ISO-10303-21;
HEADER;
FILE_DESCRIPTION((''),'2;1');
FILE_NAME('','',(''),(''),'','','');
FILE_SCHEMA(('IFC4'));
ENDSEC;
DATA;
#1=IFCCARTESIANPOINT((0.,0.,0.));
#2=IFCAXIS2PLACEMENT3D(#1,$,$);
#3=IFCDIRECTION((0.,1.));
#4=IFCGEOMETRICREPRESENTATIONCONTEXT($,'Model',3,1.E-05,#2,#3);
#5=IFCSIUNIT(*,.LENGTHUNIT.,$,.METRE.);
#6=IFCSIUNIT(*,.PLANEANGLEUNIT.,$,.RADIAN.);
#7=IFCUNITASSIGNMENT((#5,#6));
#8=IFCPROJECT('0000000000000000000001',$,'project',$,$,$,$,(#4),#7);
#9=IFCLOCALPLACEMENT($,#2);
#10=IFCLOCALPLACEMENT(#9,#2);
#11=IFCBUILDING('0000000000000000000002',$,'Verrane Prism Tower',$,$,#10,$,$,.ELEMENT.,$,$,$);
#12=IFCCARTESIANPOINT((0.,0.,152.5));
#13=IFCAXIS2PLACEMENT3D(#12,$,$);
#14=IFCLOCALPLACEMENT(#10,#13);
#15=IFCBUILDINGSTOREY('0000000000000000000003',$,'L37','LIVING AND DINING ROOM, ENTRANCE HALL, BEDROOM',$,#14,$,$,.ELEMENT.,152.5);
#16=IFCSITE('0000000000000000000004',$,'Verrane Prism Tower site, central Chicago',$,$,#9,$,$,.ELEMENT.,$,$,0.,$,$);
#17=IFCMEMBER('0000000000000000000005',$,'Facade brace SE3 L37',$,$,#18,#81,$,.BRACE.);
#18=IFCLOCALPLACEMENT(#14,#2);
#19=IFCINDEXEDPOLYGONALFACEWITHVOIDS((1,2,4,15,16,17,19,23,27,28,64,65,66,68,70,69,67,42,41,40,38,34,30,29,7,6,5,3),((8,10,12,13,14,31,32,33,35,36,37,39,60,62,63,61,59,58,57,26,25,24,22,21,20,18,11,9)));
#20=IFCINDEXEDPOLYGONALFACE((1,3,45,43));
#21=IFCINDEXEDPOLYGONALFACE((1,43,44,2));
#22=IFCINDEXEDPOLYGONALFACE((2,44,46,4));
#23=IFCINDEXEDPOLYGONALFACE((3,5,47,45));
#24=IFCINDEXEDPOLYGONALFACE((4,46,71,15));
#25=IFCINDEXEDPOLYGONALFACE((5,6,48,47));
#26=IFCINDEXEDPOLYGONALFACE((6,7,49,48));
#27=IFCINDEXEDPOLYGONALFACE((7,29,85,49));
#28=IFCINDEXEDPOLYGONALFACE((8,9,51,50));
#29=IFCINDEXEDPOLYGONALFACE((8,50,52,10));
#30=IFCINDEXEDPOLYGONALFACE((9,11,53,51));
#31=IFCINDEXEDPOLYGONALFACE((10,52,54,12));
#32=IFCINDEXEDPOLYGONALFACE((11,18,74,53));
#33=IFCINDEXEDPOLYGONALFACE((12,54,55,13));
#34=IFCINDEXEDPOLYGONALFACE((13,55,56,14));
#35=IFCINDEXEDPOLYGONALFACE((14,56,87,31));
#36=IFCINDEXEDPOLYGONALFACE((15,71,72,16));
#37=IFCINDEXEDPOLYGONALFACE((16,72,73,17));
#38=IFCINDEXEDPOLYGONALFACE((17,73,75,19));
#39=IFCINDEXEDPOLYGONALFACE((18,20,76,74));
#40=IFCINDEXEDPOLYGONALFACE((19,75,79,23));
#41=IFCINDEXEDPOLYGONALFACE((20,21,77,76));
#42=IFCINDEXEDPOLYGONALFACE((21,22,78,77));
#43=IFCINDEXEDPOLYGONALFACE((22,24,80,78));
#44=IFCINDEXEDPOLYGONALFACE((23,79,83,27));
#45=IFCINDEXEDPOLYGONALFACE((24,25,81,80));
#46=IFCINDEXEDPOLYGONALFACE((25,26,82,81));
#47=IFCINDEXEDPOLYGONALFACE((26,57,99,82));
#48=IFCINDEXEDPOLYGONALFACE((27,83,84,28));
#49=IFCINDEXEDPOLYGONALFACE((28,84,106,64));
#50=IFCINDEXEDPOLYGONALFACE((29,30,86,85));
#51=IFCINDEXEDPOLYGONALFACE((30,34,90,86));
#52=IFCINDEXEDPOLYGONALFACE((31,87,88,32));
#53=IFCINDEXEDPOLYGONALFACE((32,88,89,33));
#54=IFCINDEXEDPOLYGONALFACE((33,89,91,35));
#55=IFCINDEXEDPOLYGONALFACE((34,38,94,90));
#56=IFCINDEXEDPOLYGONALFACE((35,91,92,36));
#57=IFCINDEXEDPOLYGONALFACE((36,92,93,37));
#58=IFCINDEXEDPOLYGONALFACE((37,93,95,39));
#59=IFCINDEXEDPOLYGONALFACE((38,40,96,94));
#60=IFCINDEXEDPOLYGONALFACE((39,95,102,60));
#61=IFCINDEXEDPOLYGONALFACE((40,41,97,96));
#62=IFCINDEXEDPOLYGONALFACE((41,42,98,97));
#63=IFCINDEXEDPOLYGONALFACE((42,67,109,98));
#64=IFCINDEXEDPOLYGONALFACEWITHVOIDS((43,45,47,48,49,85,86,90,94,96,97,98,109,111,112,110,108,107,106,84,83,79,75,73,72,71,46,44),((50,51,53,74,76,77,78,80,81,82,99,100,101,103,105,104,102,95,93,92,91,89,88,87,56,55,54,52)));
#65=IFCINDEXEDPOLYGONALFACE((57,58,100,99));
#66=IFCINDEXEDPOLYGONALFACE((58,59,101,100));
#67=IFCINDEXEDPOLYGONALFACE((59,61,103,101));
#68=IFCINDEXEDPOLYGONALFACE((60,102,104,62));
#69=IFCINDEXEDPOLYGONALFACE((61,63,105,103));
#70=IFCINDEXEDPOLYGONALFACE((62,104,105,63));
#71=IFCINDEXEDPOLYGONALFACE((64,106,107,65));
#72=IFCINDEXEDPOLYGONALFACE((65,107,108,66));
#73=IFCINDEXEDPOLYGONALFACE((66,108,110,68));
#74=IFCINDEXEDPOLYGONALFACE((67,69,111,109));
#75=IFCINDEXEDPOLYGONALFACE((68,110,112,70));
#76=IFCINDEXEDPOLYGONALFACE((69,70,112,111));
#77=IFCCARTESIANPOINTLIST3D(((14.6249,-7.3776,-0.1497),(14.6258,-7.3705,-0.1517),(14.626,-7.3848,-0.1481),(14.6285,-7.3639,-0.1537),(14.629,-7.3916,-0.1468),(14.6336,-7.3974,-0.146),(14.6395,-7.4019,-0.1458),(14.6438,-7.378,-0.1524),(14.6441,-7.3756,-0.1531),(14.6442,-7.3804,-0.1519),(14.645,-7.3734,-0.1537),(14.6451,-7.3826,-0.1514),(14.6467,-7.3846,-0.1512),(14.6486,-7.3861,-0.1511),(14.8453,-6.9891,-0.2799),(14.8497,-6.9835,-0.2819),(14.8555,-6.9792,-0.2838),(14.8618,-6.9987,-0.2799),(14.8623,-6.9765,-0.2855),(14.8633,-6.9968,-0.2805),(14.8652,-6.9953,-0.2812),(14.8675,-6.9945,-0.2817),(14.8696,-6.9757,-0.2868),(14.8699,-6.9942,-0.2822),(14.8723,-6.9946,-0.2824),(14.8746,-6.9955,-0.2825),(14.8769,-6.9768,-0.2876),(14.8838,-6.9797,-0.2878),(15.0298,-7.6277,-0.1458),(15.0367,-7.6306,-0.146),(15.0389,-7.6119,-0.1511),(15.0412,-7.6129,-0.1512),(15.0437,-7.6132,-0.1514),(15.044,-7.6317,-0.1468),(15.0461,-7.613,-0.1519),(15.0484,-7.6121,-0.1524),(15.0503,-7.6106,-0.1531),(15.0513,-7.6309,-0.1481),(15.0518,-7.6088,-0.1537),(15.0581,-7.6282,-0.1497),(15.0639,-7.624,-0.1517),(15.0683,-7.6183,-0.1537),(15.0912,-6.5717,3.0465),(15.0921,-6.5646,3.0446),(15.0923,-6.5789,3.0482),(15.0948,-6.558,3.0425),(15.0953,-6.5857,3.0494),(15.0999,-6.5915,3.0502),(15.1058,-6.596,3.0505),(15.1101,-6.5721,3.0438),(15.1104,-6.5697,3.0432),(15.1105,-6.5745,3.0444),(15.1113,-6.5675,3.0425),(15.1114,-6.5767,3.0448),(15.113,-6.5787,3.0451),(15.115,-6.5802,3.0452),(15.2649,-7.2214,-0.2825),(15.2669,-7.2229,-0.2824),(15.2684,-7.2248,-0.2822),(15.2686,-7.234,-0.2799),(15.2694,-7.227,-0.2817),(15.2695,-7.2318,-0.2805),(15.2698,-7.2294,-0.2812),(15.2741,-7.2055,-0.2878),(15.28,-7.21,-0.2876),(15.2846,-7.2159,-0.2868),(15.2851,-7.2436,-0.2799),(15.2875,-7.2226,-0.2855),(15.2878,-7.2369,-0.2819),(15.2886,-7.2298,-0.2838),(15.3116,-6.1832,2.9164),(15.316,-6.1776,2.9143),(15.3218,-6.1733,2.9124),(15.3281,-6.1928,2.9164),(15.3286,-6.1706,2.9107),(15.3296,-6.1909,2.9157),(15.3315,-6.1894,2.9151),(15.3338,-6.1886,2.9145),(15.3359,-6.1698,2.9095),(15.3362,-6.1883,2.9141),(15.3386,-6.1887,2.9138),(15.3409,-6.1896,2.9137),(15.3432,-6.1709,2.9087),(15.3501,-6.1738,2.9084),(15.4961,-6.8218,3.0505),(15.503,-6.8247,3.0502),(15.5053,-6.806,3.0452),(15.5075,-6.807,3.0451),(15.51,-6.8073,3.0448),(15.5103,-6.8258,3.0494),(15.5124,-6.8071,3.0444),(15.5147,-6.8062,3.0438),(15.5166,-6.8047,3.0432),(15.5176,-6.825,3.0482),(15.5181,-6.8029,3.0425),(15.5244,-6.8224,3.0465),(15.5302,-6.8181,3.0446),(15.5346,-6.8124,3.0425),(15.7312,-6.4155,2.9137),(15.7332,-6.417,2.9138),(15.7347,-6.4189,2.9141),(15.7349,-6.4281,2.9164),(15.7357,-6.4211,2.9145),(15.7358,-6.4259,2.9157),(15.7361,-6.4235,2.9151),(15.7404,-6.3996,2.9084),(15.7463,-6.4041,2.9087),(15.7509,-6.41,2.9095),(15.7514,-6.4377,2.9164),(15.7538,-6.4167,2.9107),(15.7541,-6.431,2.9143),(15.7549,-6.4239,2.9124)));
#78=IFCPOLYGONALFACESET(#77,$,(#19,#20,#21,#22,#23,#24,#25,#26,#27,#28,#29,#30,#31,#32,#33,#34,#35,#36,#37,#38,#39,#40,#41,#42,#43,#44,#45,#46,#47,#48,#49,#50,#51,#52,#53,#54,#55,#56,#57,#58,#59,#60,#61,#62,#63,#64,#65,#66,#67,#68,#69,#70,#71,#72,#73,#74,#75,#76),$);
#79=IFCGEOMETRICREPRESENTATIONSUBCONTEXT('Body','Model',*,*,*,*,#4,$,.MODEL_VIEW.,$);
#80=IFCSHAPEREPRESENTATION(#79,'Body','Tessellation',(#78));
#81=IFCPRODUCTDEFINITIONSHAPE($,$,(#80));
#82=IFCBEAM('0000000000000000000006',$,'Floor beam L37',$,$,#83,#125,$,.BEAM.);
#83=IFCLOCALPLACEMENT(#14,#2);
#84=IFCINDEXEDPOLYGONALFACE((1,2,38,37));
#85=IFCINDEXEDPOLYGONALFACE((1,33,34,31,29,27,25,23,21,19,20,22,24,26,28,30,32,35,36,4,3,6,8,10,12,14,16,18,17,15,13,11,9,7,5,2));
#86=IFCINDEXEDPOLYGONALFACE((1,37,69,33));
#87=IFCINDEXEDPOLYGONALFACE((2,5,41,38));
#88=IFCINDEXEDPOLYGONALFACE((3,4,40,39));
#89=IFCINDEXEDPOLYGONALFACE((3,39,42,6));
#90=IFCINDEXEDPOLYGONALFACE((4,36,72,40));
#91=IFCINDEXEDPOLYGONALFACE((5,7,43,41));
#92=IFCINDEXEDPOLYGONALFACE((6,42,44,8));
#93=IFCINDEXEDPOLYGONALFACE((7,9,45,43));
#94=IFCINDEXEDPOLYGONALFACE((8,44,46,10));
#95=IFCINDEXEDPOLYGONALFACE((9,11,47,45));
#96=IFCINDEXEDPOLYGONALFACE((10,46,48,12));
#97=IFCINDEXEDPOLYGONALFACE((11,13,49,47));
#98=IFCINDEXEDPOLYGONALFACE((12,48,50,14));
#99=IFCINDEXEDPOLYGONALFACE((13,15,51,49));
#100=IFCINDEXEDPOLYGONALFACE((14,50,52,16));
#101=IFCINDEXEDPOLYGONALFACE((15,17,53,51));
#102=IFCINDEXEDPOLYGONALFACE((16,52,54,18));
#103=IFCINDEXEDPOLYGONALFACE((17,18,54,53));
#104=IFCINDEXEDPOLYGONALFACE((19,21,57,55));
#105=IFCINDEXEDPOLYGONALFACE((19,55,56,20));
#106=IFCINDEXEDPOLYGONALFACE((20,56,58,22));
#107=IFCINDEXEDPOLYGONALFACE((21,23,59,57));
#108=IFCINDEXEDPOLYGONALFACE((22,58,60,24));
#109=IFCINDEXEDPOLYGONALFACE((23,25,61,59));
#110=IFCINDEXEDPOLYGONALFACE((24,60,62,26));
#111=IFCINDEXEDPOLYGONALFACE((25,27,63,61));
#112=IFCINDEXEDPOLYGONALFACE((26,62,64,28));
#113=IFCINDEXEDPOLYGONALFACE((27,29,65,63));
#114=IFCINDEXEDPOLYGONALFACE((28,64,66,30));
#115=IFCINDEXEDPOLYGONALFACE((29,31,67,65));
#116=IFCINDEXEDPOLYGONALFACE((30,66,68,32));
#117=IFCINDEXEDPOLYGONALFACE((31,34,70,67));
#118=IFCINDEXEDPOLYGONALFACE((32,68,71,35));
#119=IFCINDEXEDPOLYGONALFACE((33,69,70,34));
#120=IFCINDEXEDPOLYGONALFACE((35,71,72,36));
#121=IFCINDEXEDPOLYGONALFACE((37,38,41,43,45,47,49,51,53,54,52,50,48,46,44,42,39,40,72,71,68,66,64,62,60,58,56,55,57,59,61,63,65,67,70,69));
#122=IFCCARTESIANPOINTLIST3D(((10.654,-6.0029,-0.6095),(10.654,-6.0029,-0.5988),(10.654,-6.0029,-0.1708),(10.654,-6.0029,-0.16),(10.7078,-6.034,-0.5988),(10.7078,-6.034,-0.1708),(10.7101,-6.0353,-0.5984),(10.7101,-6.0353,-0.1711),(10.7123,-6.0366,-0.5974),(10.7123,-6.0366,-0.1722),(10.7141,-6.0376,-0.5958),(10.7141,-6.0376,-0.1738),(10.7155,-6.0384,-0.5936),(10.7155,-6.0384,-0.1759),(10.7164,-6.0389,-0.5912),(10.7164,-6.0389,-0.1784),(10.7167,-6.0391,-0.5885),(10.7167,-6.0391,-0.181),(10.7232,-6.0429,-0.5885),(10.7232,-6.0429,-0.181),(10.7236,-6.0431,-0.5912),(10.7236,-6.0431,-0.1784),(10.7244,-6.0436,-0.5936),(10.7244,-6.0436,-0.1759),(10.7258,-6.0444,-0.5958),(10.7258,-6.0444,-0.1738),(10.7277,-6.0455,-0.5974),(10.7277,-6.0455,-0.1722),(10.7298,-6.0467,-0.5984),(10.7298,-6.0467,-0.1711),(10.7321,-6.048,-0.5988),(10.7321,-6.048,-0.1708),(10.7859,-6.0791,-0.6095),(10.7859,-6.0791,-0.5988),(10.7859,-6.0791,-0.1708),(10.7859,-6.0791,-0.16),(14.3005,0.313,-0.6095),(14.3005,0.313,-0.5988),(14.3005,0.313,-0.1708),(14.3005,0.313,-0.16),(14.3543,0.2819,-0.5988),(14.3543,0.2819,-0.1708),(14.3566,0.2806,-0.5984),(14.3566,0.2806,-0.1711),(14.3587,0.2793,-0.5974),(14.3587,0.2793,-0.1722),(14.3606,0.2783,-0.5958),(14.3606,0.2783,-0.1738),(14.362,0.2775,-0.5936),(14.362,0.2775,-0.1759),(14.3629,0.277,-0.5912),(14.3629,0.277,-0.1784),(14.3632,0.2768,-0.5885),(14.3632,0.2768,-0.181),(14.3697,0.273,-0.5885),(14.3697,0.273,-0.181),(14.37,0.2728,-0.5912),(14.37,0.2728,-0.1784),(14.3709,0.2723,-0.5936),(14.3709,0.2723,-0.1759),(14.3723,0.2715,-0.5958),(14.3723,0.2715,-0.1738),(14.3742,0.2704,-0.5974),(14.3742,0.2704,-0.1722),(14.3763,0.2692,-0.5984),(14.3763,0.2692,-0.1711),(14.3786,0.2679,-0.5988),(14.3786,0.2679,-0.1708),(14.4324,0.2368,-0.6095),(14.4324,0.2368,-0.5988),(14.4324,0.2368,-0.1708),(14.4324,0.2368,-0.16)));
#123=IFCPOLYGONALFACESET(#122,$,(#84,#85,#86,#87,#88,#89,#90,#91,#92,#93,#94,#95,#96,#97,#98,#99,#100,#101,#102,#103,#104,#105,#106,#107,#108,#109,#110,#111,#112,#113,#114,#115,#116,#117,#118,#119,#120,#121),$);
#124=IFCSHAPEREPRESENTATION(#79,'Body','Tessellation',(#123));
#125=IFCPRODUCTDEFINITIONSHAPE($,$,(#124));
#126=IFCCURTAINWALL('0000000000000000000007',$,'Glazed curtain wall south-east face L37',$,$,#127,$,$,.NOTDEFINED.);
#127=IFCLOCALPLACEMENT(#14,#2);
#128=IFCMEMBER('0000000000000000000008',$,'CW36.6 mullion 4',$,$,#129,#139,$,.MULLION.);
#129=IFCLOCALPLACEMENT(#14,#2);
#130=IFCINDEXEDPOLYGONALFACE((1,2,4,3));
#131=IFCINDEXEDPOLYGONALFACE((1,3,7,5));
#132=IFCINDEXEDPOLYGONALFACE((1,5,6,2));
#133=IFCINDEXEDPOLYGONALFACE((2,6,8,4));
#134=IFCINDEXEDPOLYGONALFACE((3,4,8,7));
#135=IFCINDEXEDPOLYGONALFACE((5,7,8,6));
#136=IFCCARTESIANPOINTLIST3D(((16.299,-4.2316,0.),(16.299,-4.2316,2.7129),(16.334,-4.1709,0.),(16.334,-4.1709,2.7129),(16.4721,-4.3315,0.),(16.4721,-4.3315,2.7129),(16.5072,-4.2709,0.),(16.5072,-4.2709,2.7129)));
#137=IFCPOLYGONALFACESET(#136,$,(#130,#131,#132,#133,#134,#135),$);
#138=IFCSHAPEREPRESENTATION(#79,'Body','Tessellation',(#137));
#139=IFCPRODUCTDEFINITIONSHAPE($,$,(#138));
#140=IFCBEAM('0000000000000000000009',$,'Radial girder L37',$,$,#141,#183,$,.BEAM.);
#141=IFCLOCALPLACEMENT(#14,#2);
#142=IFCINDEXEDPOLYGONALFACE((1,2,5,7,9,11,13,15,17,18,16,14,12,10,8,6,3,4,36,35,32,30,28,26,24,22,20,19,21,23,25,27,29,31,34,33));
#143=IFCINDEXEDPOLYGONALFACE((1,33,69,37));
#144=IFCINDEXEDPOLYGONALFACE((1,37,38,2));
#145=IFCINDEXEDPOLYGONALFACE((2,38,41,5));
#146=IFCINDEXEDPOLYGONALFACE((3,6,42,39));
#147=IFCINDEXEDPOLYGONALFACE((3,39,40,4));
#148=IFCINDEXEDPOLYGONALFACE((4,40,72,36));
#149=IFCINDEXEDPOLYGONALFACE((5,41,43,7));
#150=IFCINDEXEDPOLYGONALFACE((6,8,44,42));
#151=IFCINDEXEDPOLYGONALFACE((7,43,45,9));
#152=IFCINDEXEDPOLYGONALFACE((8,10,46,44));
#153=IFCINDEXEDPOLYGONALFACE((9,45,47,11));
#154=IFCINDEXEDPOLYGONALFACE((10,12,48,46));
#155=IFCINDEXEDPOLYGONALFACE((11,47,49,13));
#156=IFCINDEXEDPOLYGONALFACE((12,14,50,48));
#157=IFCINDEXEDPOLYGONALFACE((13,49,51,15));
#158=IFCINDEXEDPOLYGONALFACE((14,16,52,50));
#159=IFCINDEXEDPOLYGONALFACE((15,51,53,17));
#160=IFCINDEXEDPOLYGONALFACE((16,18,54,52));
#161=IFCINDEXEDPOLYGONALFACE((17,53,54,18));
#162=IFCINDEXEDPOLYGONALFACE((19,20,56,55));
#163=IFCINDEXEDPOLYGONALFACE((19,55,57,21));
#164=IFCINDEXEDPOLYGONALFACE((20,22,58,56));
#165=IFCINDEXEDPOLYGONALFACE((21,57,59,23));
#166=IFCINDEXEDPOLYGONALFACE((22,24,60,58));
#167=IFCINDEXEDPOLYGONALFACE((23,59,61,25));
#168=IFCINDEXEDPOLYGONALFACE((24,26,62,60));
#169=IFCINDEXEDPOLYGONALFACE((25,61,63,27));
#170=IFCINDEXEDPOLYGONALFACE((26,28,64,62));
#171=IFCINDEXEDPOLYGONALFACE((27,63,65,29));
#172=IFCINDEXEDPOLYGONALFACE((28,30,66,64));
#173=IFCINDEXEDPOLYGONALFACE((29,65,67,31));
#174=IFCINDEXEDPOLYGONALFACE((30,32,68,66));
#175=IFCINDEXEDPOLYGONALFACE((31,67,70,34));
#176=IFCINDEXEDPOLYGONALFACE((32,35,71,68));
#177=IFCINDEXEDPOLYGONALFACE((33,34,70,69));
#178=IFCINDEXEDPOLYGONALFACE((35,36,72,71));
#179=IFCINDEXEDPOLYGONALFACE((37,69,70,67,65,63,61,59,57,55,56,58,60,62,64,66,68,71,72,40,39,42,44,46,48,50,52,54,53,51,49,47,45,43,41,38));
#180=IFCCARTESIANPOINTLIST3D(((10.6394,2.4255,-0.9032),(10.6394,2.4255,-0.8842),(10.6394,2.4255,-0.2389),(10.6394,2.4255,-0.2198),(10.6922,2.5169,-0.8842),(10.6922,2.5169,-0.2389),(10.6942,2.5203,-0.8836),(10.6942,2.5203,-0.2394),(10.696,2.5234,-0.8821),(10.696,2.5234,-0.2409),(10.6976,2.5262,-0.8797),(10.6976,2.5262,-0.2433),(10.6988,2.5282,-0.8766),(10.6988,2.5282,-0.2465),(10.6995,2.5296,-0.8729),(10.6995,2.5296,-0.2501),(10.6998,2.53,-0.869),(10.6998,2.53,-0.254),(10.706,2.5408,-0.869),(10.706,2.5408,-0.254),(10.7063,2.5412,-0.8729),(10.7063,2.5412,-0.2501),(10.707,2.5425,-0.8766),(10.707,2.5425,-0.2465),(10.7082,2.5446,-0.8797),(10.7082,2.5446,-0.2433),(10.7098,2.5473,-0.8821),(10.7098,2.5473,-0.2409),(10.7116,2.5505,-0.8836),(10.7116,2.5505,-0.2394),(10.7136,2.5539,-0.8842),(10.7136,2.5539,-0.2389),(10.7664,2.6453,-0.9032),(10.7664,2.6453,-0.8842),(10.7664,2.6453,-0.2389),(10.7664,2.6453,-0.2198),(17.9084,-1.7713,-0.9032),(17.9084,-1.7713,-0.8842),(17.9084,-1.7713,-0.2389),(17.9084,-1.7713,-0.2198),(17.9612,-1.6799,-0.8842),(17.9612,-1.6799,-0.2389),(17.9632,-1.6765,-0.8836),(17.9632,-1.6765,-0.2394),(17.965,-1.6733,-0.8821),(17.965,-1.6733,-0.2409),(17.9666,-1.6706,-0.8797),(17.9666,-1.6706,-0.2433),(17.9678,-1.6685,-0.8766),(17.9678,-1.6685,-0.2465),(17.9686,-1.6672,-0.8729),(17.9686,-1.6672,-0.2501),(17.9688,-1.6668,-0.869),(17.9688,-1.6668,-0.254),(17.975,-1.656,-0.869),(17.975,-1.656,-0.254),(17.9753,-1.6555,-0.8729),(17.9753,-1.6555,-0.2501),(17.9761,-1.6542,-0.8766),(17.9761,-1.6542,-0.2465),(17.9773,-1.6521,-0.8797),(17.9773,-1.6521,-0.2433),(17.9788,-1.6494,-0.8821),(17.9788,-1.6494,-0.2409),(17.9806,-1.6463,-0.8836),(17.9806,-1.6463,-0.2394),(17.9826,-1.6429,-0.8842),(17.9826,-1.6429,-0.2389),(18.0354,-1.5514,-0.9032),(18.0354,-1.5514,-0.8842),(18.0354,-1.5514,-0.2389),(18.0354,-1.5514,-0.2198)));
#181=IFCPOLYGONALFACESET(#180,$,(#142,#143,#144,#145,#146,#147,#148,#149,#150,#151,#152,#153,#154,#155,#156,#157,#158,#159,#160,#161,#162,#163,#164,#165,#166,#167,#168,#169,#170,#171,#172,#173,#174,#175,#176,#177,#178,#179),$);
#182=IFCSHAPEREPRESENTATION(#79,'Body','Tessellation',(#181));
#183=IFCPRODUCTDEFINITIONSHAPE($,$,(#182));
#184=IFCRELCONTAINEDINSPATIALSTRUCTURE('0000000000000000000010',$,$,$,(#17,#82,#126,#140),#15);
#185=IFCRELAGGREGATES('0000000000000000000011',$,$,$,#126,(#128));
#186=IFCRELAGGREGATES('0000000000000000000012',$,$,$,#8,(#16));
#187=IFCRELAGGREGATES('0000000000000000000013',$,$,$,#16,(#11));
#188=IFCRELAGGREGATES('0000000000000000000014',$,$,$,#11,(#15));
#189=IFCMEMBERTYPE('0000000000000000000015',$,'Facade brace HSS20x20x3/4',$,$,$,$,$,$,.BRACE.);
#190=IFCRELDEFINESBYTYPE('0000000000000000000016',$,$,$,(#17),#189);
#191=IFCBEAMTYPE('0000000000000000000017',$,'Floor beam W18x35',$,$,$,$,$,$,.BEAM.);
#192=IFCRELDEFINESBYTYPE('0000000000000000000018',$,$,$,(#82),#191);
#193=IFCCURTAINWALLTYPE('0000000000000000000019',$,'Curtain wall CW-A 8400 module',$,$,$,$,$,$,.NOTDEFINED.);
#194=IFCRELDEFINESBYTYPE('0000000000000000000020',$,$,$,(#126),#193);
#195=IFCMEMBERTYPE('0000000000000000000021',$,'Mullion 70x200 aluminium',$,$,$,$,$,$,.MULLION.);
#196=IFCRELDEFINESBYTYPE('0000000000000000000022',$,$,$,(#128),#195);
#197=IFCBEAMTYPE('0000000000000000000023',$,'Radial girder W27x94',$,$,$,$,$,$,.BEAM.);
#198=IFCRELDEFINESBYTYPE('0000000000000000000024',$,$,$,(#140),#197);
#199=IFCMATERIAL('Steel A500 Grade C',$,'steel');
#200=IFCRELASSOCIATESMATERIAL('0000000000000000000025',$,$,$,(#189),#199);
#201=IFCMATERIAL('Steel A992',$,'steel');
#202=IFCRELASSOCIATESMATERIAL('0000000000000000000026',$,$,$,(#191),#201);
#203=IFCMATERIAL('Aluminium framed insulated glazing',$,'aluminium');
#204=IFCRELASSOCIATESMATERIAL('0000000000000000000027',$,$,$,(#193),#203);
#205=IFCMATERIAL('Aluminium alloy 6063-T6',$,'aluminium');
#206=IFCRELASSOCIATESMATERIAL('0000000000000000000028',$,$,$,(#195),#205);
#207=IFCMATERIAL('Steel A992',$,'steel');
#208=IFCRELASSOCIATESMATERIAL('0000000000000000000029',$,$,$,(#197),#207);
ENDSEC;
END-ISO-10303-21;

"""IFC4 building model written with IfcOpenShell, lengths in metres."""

from ifc_helpers import new_model, si_unit, direction, frame, origin, origin_2d, place, context, subcontext, project, spatial, rectangle, hollow_rectangle, i_section, extrude, material, material_profile, profile_set, type_object, element, aggregate, save


model = new_model("IFC4")

# Units and contexts
model_context = context("Model", 3, precision=1e-05, world=origin(), true_north=direction((0.0, 1.0)))
body_context = subcontext(model_context, "Body", "Model", "MODEL_VIEW")
ifc_project = project(units=[si_unit("LENGTHUNIT", "METRE"), si_unit("PLANEANGLEUNIT", "RADIAN")], contexts=[model_context])

# Site, building, storey
site_placement = place(None, origin())
site = spatial("IfcSite", under=ifc_project, at=site_placement, Name="Verrane Prism Tower site, central Chicago", CompositionType="ELEMENT", RefElevation=0.0)
building_placement = place(site_placement, origin())
building = spatial("IfcBuilding", under=site, at=building_placement, Name="Verrane Prism Tower", CompositionType="ELEMENT")
storey_placement = place(building_placement, frame((0.0, 0.0, 152.5)))
storey = spatial("IfcBuildingStorey", under=building, at=storey_placement, Name="L37", Description="LIVING AND DINING ROOM, ENTRANCE HALL, BEDROOM", CompositionType="ELEMENT", Elevation=152.5)

# Member
ifc_material_1 = material(Name="Steel A500 Grade C", Category="steel")
ifc_material_profile_1 = material_profile(ifc_material_1, hollow_rectangle(XDim=0.5081, YDim=0.5081, WallThickness=0.019, InnerFilletRadius=0.0095, OuterFilletRadius=0.0286, at=origin_2d()), Name="HSS20x20x3/4")
ifc_profile_set_1 = profile_set([ifc_material_profile_1], Name="Steel A500 Grade C")
member_type_1 = type_object("IfcMemberType", Name="Facade brace HSS20x20x3/4", PredefinedType="BRACE", material=ifc_profile_set_1)
member_1_placement = place(storey_placement, frame((14.9568, -7.3037, -0.2168), z_axis=(0.140069, 0.242077, 0.960094), x_axis=(-0.865552, 0.500819, 0.0)))
element("IfcMember", 1, at=member_1_placement, inside=storey, type_object=member_type_1, Name="Facade brace SE3 L37", PredefinedType="BRACE", context=body_context, shape_type="SweptSolid", body=[
    extrude(hollow_rectangle(XDim=0.5081, YDim=0.5081, WallThickness=0.019, InnerFilletRadius=0.0095, OuterFilletRadius=0.0286, at=origin_2d()), origin(), (0.0, 0.0, 1.0), 3.3291),
])

# Beam
ifc_material_2 = material(Name="Steel A992", Category="steel")
ifc_material_profile_2 = material_profile(ifc_material_2, i_section(OverallWidth=0.1523, OverallDepth=0.4495, WebThickness=0.0076, FlangeThickness=0.0107, FilletRadius=0.0103, at=origin_2d()), Name="W18x35")
ifc_profile_set_2 = profile_set([ifc_material_profile_2], Name="Steel A992")
beam_type_1 = type_object("IfcBeamType", Name="Floor beam W18x35", PredefinedType="BEAM", material=ifc_profile_set_2)
beam_1_placement = place(storey_placement, frame((10.72, -6.041, -0.3848), z_axis=(0.499999, 0.866026, 0.0), x_axis=(-0.866026, 0.499999, 0.0)))
element("IfcBeam", 2, at=beam_1_placement, inside=storey, type_object=beam_type_1, Name="Floor beam L37", PredefinedType="BEAM", context=body_context, shape_type="SweptSolid", body=[
    extrude(i_section(OverallWidth=0.1523, OverallDepth=0.4495, WebThickness=0.0076, FlangeThickness=0.0107, FilletRadius=0.0103, at=origin_2d()), origin(), (0.0, 0.0, 1.0), 7.293),
])

# Curtain wall, member
ifc_material_3 = material(Name="Aluminium framed insulated glazing", Category="aluminium")
curtain_wall_type = type_object("IfcCurtainWallType", Name="Curtain wall CW-A 8400 module", PredefinedType="NOTDEFINED", material=ifc_material_3)
curtain_wall_placement = place(storey_placement, origin())
curtain_wall = element("IfcCurtainWall", 3, at=curtain_wall_placement, inside=storey, type_object=curtain_wall_type, Name="Glazed curtain wall south-east face L37", PredefinedType="NOTDEFINED")
ifc_material_4 = material(Name="Aluminium alloy 6063-T6", Category="aluminium")
ifc_material_profile_3 = material_profile(ifc_material_4, rectangle(XDim=0.2, YDim=0.0701, at=origin_2d()), Name="Mullion 70x200 aluminium")
ifc_profile_set_3 = profile_set([ifc_material_profile_3], Name="Aluminium alloy 6063-T6")
member_type_2 = type_object("IfcMemberType", Name="Mullion 70x200 aluminium", PredefinedType="MULLION", material=ifc_profile_set_3)
member_2_placement = place(storey_placement, frame((16.4031, -4.2512, 0.0), z_axis=(0.0, 0.0, 1.0), x_axis=(-0.866025, 0.500001, 0.0)))
member_2 = element("IfcMember", 4, at=member_2_placement, type_object=member_type_2, Name="CW36.6 mullion 4", PredefinedType="MULLION", context=body_context, shape_type="SweptSolid", body=[
    extrude(rectangle(XDim=0.2, YDim=0.0701, at=origin_2d()), origin(), (0.0, 0.0, 1.0), 2.7129),
])

# Beam
ifc_material_5 = material(Name="Steel A992", Category="steel")
ifc_material_profile_4 = material_profile(ifc_material_5, i_section(OverallWidth=0.2539, OverallDepth=0.6833, WebThickness=0.0125, FlangeThickness=0.019, FilletRadius=0.0151, at=origin_2d()), Name="W27x94")
ifc_profile_set_4 = profile_set([ifc_material_profile_4], Name="Steel A992")
beam_type_2 = type_object("IfcBeamType", Name="Radial girder W27x94", PredefinedType="BEAM", material=ifc_profile_set_4)
beam_2_placement = place(storey_placement, frame((17.9719, -1.6614, -0.5615), z_axis=(-0.866026, 0.499999, 0.0), x_axis=(-0.499999, -0.866026, 0.0)))
element("IfcBeam", 5, at=beam_2_placement, inside=storey, type_object=beam_type_2, Name="Radial girder L37", PredefinedType="BEAM", context=body_context, shape_type="SweptSolid", body=[
    extrude(i_section(OverallWidth=0.2539, OverallDepth=0.6833, WebThickness=0.0125, FlangeThickness=0.019, FilletRadius=0.0151, at=origin_2d()), origin(), (0.0, 0.0, 1.0), 8.3936),
])

aggregate(curtain_wall, [member_2])

save(model, "model.ifc")
